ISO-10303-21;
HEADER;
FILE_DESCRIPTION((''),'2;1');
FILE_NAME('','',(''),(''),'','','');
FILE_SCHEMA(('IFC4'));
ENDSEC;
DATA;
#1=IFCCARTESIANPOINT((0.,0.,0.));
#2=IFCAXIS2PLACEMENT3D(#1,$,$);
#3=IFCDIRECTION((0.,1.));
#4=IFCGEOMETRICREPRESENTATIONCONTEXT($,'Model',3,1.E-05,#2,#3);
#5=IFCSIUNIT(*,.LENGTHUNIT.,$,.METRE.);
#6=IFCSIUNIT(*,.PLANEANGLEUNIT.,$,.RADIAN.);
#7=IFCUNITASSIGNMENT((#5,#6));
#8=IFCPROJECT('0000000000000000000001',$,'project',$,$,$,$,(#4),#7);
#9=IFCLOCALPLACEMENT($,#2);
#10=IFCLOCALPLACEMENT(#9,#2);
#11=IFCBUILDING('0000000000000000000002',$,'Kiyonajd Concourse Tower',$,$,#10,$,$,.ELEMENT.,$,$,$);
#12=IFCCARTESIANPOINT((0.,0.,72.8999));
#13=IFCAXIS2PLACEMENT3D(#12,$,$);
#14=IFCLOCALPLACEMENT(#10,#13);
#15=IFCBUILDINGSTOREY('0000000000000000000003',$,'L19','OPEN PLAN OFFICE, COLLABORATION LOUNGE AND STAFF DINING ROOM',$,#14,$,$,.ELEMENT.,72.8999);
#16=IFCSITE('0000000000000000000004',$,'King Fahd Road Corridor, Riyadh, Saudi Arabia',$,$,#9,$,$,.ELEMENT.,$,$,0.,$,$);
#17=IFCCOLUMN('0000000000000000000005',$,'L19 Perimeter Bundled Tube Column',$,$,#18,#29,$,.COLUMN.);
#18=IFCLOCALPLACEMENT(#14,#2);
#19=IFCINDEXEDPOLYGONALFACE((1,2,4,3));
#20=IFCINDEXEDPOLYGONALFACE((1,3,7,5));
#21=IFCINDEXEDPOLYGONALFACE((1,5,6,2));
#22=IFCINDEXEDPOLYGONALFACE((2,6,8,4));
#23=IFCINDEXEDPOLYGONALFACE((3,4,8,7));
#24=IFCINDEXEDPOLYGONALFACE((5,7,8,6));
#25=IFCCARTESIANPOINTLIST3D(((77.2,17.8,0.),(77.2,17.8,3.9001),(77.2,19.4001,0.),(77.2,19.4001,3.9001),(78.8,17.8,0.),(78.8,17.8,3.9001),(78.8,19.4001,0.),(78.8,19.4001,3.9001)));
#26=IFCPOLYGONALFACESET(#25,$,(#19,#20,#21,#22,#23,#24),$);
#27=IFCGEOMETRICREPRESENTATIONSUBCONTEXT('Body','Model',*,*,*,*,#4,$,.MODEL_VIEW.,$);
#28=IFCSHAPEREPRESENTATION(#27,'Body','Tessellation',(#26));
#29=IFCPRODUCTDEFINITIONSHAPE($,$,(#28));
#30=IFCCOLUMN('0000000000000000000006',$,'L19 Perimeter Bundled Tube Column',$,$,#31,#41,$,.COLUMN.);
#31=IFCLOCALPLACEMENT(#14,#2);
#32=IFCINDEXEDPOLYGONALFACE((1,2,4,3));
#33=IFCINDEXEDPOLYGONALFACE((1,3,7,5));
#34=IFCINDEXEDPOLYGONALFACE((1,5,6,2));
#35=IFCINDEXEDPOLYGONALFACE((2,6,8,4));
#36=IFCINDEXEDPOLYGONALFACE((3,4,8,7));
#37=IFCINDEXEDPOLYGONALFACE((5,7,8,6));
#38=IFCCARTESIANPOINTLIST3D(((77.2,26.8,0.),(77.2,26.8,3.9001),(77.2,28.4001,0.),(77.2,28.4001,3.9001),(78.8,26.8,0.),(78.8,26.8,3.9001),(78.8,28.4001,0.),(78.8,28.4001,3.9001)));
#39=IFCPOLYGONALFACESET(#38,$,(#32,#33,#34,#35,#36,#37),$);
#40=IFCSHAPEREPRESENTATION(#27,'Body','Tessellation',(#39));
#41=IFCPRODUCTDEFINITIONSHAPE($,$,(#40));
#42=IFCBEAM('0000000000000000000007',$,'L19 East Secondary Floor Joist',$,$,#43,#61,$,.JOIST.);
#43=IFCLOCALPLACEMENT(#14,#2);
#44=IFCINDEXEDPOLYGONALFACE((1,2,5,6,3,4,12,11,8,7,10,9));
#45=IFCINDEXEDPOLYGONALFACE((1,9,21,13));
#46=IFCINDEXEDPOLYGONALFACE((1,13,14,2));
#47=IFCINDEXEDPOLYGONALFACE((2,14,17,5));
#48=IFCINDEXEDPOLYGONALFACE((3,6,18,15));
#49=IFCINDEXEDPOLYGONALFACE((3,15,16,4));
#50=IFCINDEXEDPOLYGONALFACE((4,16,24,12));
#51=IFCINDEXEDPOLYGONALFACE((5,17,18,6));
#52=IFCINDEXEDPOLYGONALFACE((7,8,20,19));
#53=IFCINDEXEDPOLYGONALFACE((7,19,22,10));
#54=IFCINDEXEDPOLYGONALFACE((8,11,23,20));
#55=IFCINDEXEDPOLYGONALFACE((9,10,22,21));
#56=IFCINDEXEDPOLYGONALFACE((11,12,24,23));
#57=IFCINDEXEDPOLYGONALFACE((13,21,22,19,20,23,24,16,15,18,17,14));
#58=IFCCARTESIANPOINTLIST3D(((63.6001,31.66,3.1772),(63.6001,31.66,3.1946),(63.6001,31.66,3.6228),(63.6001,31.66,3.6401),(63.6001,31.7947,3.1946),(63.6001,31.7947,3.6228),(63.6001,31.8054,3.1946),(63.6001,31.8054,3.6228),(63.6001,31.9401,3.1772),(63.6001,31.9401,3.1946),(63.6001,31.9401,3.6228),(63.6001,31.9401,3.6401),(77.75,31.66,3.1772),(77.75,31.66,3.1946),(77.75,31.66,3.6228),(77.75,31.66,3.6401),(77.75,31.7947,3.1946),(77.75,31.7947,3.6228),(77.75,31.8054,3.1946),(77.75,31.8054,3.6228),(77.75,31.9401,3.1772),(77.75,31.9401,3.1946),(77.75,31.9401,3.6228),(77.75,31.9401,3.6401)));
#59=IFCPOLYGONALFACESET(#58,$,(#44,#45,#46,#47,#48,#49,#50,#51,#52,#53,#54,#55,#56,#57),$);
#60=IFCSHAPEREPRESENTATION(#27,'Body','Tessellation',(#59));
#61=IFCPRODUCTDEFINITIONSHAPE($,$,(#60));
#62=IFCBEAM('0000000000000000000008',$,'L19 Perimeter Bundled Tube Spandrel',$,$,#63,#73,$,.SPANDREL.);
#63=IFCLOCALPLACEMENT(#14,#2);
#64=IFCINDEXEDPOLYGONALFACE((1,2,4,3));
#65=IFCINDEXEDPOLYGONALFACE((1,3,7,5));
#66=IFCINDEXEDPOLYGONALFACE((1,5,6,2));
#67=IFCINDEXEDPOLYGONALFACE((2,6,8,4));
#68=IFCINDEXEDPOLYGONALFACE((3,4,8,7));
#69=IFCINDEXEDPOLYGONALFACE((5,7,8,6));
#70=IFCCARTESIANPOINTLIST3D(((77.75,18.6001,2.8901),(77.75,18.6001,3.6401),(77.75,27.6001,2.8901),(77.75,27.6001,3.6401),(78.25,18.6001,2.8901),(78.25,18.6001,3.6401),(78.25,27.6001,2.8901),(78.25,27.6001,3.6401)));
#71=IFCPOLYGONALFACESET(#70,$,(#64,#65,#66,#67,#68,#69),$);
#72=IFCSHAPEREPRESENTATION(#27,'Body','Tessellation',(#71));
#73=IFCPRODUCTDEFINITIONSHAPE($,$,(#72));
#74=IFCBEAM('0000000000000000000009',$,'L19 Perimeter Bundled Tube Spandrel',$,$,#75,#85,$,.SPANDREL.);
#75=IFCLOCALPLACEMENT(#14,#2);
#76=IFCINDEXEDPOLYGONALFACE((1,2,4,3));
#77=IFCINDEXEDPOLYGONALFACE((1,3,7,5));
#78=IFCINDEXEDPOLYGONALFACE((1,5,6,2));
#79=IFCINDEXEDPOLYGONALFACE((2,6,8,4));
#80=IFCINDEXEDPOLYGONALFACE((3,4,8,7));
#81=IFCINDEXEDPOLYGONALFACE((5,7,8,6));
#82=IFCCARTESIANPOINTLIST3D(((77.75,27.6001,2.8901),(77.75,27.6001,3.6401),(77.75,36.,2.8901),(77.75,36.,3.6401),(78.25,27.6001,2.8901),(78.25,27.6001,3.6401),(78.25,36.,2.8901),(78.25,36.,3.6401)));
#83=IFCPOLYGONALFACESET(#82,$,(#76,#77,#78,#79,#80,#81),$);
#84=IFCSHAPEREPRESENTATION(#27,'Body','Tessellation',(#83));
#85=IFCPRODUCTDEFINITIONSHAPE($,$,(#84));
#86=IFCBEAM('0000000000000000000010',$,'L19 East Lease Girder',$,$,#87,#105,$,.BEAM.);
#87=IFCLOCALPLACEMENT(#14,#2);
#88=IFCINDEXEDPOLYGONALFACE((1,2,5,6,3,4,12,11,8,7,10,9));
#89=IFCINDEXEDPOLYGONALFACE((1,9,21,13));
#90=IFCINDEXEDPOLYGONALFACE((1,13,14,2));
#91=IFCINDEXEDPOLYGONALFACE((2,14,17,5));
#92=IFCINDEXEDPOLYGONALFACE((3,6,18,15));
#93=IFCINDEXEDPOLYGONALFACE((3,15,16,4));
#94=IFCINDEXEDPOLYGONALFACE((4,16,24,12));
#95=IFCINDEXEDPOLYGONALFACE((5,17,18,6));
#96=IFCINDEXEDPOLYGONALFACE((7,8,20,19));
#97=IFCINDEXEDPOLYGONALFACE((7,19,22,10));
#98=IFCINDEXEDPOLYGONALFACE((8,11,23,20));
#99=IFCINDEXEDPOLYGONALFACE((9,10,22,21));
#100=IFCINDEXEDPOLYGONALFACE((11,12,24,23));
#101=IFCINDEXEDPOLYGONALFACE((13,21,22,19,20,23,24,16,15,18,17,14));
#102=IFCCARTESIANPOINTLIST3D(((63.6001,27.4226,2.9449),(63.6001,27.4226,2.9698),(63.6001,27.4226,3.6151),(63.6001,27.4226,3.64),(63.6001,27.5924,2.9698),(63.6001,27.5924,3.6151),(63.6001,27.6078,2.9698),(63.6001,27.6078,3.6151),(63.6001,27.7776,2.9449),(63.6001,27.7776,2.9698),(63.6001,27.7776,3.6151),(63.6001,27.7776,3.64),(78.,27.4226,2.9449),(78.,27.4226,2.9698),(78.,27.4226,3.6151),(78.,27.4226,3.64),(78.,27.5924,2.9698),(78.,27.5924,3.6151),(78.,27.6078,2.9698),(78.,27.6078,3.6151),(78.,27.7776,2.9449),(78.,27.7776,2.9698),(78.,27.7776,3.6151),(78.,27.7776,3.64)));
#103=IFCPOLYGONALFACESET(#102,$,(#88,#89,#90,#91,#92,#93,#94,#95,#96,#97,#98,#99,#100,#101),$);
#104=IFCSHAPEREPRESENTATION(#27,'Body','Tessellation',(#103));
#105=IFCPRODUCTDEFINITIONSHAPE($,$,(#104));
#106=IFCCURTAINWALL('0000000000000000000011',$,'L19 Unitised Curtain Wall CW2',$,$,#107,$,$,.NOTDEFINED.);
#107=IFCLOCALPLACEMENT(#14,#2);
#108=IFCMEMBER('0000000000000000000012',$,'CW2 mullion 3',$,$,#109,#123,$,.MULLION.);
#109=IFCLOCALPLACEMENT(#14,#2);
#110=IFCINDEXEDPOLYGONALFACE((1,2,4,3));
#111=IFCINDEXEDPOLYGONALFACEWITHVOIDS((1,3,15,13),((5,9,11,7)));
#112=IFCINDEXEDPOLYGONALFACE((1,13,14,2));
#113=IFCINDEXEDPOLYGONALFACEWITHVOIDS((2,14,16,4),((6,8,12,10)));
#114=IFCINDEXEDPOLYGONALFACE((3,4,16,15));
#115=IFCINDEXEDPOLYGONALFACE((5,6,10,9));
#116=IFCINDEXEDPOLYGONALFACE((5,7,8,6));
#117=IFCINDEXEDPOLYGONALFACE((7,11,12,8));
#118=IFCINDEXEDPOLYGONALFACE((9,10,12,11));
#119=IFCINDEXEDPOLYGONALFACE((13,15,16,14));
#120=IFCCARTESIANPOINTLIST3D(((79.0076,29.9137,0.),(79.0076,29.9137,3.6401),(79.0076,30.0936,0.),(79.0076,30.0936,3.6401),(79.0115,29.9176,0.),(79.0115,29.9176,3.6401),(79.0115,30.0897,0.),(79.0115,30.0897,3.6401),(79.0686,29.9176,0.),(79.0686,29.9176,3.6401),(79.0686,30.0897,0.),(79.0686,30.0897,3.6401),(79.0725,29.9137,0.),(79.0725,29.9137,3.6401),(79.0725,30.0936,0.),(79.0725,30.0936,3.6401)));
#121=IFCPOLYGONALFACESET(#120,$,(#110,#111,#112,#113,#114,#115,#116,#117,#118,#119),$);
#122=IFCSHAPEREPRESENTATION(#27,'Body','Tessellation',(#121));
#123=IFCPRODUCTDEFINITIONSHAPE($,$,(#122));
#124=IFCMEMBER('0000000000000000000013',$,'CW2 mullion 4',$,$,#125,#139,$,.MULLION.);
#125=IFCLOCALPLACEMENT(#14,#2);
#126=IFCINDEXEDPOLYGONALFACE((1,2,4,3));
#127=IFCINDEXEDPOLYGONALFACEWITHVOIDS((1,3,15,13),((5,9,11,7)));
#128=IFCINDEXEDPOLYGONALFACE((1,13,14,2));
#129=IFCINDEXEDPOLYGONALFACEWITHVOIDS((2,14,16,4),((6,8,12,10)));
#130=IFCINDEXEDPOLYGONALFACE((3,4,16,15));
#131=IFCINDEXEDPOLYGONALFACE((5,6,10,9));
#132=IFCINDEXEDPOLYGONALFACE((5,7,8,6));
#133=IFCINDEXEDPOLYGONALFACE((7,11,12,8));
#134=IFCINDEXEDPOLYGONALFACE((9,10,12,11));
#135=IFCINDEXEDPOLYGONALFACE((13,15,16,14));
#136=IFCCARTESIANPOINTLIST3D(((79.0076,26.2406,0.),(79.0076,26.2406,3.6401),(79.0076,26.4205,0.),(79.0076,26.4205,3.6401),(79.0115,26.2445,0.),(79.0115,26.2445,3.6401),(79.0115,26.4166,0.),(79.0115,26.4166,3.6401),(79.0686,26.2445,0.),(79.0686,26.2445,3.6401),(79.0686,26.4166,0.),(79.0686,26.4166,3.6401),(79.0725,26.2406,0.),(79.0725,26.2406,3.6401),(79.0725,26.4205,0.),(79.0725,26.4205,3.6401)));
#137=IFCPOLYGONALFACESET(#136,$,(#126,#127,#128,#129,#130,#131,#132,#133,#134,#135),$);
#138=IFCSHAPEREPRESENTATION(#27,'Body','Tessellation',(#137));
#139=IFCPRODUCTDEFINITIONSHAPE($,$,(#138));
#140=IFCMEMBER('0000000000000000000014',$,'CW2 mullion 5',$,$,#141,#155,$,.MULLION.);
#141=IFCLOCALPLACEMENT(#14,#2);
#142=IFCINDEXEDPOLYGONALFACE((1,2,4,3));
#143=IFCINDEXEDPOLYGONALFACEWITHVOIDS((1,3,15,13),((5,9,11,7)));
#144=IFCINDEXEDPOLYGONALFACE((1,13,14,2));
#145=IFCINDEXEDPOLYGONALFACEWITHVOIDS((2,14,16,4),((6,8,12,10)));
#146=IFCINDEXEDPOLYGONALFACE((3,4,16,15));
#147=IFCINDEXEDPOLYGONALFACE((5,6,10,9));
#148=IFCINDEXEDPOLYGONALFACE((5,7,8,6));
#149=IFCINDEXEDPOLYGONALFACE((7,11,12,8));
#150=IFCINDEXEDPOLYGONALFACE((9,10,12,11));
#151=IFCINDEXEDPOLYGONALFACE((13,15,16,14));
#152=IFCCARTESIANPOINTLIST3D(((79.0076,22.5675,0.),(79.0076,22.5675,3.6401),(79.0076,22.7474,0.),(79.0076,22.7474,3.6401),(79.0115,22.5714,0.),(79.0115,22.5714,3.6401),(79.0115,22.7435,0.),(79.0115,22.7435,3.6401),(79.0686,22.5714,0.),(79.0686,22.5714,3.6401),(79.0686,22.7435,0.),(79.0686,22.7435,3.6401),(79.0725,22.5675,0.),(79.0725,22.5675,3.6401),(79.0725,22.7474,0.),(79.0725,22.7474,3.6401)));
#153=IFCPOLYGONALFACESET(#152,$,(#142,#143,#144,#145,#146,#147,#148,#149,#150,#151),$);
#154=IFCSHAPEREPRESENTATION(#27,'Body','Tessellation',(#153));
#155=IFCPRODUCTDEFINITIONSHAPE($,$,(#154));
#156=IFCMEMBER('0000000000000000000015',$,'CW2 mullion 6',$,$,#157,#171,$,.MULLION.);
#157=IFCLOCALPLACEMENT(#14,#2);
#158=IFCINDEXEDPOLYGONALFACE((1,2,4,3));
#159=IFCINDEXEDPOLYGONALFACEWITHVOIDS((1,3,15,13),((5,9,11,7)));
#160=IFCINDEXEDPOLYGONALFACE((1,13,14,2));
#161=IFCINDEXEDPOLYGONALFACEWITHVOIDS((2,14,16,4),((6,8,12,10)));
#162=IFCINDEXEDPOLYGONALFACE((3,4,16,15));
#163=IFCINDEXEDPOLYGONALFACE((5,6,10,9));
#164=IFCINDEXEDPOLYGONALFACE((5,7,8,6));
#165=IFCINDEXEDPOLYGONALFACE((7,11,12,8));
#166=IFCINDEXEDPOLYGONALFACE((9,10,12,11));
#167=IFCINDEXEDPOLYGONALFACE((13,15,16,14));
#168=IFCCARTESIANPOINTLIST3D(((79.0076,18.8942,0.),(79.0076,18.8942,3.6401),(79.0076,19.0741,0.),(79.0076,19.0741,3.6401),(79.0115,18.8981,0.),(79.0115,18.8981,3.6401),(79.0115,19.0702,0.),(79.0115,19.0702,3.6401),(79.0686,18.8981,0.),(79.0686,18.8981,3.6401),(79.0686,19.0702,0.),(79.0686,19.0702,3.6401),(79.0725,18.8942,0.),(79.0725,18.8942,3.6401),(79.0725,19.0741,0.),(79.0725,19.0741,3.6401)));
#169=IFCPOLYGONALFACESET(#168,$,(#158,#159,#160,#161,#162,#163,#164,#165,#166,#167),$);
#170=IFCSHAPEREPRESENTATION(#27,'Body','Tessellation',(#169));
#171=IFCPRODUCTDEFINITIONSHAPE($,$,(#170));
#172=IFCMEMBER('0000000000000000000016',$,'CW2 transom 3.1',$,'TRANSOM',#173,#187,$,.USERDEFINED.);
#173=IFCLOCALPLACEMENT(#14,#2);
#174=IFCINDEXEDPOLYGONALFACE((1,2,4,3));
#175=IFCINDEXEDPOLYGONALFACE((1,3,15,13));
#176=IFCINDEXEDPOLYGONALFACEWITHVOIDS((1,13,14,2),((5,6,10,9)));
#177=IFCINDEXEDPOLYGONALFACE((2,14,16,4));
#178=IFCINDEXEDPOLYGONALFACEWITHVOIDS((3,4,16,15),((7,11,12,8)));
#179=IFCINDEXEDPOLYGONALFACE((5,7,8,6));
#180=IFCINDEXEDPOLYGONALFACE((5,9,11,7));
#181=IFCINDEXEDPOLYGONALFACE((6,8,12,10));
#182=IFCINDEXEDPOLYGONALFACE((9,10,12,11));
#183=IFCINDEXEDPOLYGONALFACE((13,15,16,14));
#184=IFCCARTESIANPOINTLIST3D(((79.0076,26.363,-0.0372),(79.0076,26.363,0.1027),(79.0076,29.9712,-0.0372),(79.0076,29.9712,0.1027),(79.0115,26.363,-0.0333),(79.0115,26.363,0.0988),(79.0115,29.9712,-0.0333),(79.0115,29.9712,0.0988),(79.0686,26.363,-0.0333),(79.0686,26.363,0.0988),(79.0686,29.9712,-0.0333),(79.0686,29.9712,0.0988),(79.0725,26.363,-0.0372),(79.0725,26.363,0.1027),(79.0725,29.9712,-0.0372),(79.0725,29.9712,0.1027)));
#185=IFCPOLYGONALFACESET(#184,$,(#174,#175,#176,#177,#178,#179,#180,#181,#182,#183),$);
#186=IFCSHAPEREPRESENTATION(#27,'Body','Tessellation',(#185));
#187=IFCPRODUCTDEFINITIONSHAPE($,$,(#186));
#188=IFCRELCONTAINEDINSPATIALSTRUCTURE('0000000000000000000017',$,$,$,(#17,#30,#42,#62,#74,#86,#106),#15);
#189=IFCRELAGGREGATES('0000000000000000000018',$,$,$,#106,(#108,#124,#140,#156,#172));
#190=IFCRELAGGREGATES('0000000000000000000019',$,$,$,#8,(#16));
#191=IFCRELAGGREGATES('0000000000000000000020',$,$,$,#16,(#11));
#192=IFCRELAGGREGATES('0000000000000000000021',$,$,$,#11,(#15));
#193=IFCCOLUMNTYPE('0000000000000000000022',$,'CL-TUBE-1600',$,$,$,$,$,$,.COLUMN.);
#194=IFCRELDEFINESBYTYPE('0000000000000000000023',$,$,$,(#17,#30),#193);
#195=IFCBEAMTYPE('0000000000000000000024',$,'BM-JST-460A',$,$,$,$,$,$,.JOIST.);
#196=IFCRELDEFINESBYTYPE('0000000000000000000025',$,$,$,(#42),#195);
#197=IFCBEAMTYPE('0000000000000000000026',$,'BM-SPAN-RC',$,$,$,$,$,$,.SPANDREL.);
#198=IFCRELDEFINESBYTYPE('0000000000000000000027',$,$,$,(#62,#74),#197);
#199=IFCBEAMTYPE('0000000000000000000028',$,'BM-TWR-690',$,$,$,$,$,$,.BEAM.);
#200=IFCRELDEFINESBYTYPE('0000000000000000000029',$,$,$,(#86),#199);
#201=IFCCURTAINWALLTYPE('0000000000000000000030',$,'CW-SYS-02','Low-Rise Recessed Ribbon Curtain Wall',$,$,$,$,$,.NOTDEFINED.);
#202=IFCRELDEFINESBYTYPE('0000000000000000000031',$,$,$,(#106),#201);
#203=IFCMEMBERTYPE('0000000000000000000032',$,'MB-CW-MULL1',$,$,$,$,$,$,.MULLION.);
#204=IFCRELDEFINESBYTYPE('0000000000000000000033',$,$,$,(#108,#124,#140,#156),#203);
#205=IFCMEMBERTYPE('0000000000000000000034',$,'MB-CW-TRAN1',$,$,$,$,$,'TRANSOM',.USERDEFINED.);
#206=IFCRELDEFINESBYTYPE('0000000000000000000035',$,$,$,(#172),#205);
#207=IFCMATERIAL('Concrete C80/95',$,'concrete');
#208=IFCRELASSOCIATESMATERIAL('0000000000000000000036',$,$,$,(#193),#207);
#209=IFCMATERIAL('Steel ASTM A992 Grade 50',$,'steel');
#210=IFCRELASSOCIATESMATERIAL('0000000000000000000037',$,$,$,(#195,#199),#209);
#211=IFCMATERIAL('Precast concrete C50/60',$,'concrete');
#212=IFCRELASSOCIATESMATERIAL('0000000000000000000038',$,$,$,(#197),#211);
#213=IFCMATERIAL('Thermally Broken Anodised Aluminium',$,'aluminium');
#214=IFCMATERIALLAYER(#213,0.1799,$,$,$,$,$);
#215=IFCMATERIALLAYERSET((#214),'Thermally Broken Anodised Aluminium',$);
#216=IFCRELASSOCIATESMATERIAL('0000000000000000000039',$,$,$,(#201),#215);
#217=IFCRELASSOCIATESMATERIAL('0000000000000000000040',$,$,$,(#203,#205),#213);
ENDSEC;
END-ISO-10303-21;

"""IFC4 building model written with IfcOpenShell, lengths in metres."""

from ifc_helpers import new_model, si_unit, direction, frame, origin, origin_2d, place, context, subcontext, project, spatial, rectangle, hollow_rectangle, i_section, extrude, material, layer, layer_set, material_profile, profile_set, type_object, element, aggregate, save


model = new_model("IFC4")

# Units and contexts
model_context = context("Model", 3, precision=1e-05, world=origin(), true_north=direction((0.0, 1.0)))
body_context = subcontext(model_context, "Body", "Model", "MODEL_VIEW")
ifc_project = project(units=[si_unit("LENGTHUNIT", "METRE"), si_unit("PLANEANGLEUNIT", "RADIAN")], contexts=[model_context])

# Site, building, storey
site_placement = place(None, origin())
site = spatial("IfcSite", under=ifc_project, at=site_placement, Name="King Fahd Road Corridor, Riyadh, Saudi Arabia", CompositionType="ELEMENT", RefElevation=0.0)
building_placement = place(site_placement, origin())
building = spatial("IfcBuilding", under=site, at=building_placement, Name="Kiyonajd Concourse Tower", CompositionType="ELEMENT")
storey_placement = place(building_placement, frame((0.0, 0.0, 72.8999)))
storey = spatial("IfcBuildingStorey", under=building, at=storey_placement, Name="L19", Description="OPEN PLAN OFFICE, COLLABORATION LOUNGE AND STAFF DINING ROOM", CompositionType="ELEMENT", Elevation=72.8999)

# Columns
ifc_material_1 = material(Name="Concrete C80/95", Category="concrete")
ifc_material_profile_1 = material_profile(ifc_material_1, rectangle(XDim=1.6001, YDim=1.6001, at=origin_2d()), Name="RC-1600x1600")
ifc_profile_set_1 = profile_set([ifc_material_profile_1], Name="Concrete C80/95")
column_type = type_object("IfcColumnType", Name="CL-TUBE-1600", PredefinedType="COLUMN", material=ifc_profile_set_1)
for number, where, z_axis, x_axis, name in (
    (1, (78.0, 18.6001, 0.0), (0.0, 0.0, 1.0), (1.0, 0.0, 0.0), "L19 Perimeter Bundled Tube Column"),
    (2, (78.0, 27.6001, 0.0), (0.0, 0.0, 1.0), (1.0, 0.0, 0.0), "L19 Perimeter Bundled Tube Column"),
):
    element("IfcColumn", number, at=place(storey_placement, frame(where, z_axis=z_axis, x_axis=x_axis)), inside=storey, type_object=column_type, Name=name, PredefinedType="COLUMN", context=body_context, shape_type="SweptSolid", body=[
        extrude(rectangle(XDim=1.6001, YDim=1.6001, at=origin_2d()), origin(), (0.0, 0.0, 1.0), 3.9001),
    ])

# Beams
ifc_material_2 = material(Name="Steel ASTM A992 Grade 50", Category="steel")
ifc_material_profile_2 = material_profile(ifc_material_2, i_section(OverallWidth=0.28, OverallDepth=0.4629, WebThickness=0.0107, FlangeThickness=0.0173, at=origin_2d()), Name="W460X113")
ifc_profile_set_2 = profile_set([ifc_material_profile_2], Name="Steel ASTM A992 Grade 50")
beam_type_1 = type_object("IfcBeamType", Name="BM-JST-460A", PredefinedType="JOIST", material=ifc_profile_set_2)
beam_1_placement = place(storey_placement, frame((63.6001, 31.8, 3.4087), z_axis=(1.0, 0.0, 0.0), x_axis=(0.0, 1.0, 0.0)))
element("IfcBeam", 3, at=beam_1_placement, inside=storey, type_object=beam_type_1, Name="L19 East Secondary Floor Joist", PredefinedType="JOIST", context=body_context, shape_type="SweptSolid", body=[
    extrude(i_section(OverallWidth=0.28, OverallDepth=0.4629, WebThickness=0.0107, FlangeThickness=0.0173, at=origin_2d()), origin(), (0.0, 0.0, 1.0), 14.1499),
])
ifc_material_3 = material(Name="Precast concrete C50/60", Category="concrete")
ifc_material_profile_3 = material_profile(ifc_material_3, rectangle(XDim=0.5, YDim=0.75, at=origin_2d()), Name="RCBM-500x750")
ifc_profile_set_3 = profile_set([ifc_material_profile_3], Name="Precast concrete C50/60")
beam_type_2 = type_object("IfcBeamType", Name="BM-SPAN-RC", PredefinedType="SPANDREL", material=ifc_profile_set_3)
beam_2_placement = place(storey_placement, frame((78.0, 18.6001, 3.2651), z_axis=(0.0, 1.0, 0.0), x_axis=(-1.0, 0.0, 0.0)))
element("IfcBeam", 4, at=beam_2_placement, inside=storey, type_object=beam_type_2, Name="L19 Perimeter Bundled Tube Spandrel", PredefinedType="SPANDREL", context=body_context, shape_type="SweptSolid", body=[
    extrude(rectangle(XDim=0.5, YDim=0.75, at=origin_2d()), origin(), (0.0, 0.0, 1.0), 9.0),
])
beam_3_placement = place(storey_placement, frame((78.0, 27.6001, 3.2651), z_axis=(0.0, 1.0, 0.0), x_axis=(-1.0, 0.0, 0.0)))
element("IfcBeam", 5, at=beam_3_placement, inside=storey, type_object=beam_type_2, Name="L19 Perimeter Bundled Tube Spandrel", PredefinedType="SPANDREL", context=body_context, shape_type="SweptSolid", body=[
    extrude(rectangle(XDim=0.5, YDim=0.75, at=origin_2d()), origin(), (0.0, 0.0, 1.0), 8.3999),
])
ifc_material_profile_4 = material_profile(ifc_material_2, i_section(OverallWidth=0.355, OverallDepth=0.6951, WebThickness=0.0154, FlangeThickness=0.0249, at=origin_2d()), Name="W690X217")
ifc_profile_set_4 = profile_set([ifc_material_profile_4], Name="Steel ASTM A992 Grade 50")
beam_type_3 = type_object("IfcBeamType", Name="BM-TWR-690", PredefinedType="BEAM", material=ifc_profile_set_4)
beam_4_placement = place(storey_placement, frame((63.6001, 27.6001, 3.2925), z_axis=(1.0, 0.0, 0.0), x_axis=(0.0, 1.0, 0.0)))
element("IfcBeam", 6, at=beam_4_placement, inside=storey, type_object=beam_type_3, Name="L19 East Lease Girder", PredefinedType="BEAM", context=body_context, shape_type="SweptSolid", body=[
    extrude(i_section(OverallWidth=0.355, OverallDepth=0.6951, WebThickness=0.0154, FlangeThickness=0.0249, at=origin_2d()), origin(), (0.0, 0.0, 1.0), 14.3999),
])

# Curtain wall, members
ifc_material_4 = material(Name="Thermally Broken Anodised Aluminium", Category="aluminium")
ifc_layer_1 = layer(ifc_material_4, 0.1799)
ifc_layer_set_1 = layer_set([ifc_layer_1], Name="Thermally Broken Anodised Aluminium")
curtain_wall_type = type_object("IfcCurtainWallType", Name="CW-SYS-02", Description="Low-Rise Recessed Ribbon Curtain Wall", PredefinedType="NOTDEFINED", material=ifc_layer_set_1)
curtain_wall_placement = place(storey_placement, origin())
curtain_wall = element("IfcCurtainWall", 7, at=curtain_wall_placement, inside=storey, type_object=curtain_wall_type, Name="L19 Unitised Curtain Wall CW2", PredefinedType="NOTDEFINED")
ifc_material_profile_5 = material_profile(ifc_material_4, hollow_rectangle(XDim=0.0649, YDim=0.1799, WallThickness=0.0039, at=origin_2d()), Name="MULL-65x180")
ifc_profile_set_5 = profile_set([ifc_material_profile_5], Name="Thermally Broken Anodised Aluminium")
member_type_1 = type_object("IfcMemberType", Name="MB-CW-MULL1", PredefinedType="MULLION", material=ifc_profile_set_5)
member_1_placement = place(storey_placement, frame((79.04, 30.0037, 0.0), z_axis=(0.0, 0.0, 1.0), x_axis=(1.0, 0.0, 0.0)))
member_1 = element("IfcMember", 8, at=member_1_placement, type_object=member_type_1, Name="CW2 mullion 3", PredefinedType="MULLION", context=body_context, shape_type="SweptSolid", body=[
    extrude(hollow_rectangle(XDim=0.0649, YDim=0.1799, WallThickness=0.0039, at=origin_2d()), origin(), (0.0, 0.0, 1.0), 3.6401),
])
member_2_placement = place(storey_placement, frame((79.04, 26.3306, 0.0), z_axis=(0.0, 0.0, 1.0), x_axis=(1.0, 0.0, 0.0)))
member_2 = element("IfcMember", 9, at=member_2_placement, type_object=member_type_1, Name="CW2 mullion 4", PredefinedType="MULLION", context=body_context, shape_type="SweptSolid", body=[
    extrude(hollow_rectangle(XDim=0.0649, YDim=0.1799, WallThickness=0.0039, at=origin_2d()), origin(), (0.0, 0.0, 1.0), 3.6401),
])
member_3_placement = place(storey_placement, frame((79.04, 22.6575, 0.0), z_axis=(0.0, 0.0, 1.0), x_axis=(1.0, 0.0, 0.0)))
member_3 = element("IfcMember", 10, at=member_3_placement, type_object=member_type_1, Name="CW2 mullion 5", PredefinedType="MULLION", context=body_context, shape_type="SweptSolid", body=[
    extrude(hollow_rectangle(XDim=0.0649, YDim=0.1799, WallThickness=0.0039, at=origin_2d()), origin(), (0.0, 0.0, 1.0), 3.6401),
])
member_4_placement = place(storey_placement, frame((79.04, 18.9841, 0.0), z_axis=(0.0, 0.0, 1.0), x_axis=(1.0, 0.0, 0.0)))
member_4 = element("IfcMember", 11, at=member_4_placement, type_object=member_type_1, Name="CW2 mullion 6", PredefinedType="MULLION", context=body_context, shape_type="SweptSolid", body=[
    extrude(hollow_rectangle(XDim=0.0649, YDim=0.1799, WallThickness=0.0039, at=origin_2d()), origin(), (0.0, 0.0, 1.0), 3.6401),
])
ifc_material_profile_6 = material_profile(ifc_material_4, hollow_rectangle(XDim=0.0649, YDim=0.1399, WallThickness=0.0039, at=origin_2d()), Name="TRAN-65x140")
ifc_profile_set_6 = profile_set([ifc_material_profile_6], Name="Thermally Broken Anodised Aluminium")
member_type_2 = type_object("IfcMemberType", Name="MB-CW-TRAN1", ElementType="TRANSOM", PredefinedType="USERDEFINED", material=ifc_profile_set_6)
member_5_placement = place(storey_placement, frame((79.04, 29.9712, 0.0327), z_axis=(0.0, -1.0, 0.0), x_axis=(1.0, 0.0, 0.0)))
member_5 = element("IfcMember", 12, at=member_5_placement, type_object=member_type_2, Name="CW2 transom 3.1", ObjectType="TRANSOM", PredefinedType="USERDEFINED", context=body_context, shape_type="SweptSolid", body=[
    extrude(hollow_rectangle(XDim=0.0649, YDim=0.1399, WallThickness=0.0039, at=origin_2d()), origin(), (0.0, 0.0, 1.0), 3.6082),
])
aggregate(curtain_wall, [member_1, member_2, member_3, member_4, member_5])

save(model, "model.ifc")
